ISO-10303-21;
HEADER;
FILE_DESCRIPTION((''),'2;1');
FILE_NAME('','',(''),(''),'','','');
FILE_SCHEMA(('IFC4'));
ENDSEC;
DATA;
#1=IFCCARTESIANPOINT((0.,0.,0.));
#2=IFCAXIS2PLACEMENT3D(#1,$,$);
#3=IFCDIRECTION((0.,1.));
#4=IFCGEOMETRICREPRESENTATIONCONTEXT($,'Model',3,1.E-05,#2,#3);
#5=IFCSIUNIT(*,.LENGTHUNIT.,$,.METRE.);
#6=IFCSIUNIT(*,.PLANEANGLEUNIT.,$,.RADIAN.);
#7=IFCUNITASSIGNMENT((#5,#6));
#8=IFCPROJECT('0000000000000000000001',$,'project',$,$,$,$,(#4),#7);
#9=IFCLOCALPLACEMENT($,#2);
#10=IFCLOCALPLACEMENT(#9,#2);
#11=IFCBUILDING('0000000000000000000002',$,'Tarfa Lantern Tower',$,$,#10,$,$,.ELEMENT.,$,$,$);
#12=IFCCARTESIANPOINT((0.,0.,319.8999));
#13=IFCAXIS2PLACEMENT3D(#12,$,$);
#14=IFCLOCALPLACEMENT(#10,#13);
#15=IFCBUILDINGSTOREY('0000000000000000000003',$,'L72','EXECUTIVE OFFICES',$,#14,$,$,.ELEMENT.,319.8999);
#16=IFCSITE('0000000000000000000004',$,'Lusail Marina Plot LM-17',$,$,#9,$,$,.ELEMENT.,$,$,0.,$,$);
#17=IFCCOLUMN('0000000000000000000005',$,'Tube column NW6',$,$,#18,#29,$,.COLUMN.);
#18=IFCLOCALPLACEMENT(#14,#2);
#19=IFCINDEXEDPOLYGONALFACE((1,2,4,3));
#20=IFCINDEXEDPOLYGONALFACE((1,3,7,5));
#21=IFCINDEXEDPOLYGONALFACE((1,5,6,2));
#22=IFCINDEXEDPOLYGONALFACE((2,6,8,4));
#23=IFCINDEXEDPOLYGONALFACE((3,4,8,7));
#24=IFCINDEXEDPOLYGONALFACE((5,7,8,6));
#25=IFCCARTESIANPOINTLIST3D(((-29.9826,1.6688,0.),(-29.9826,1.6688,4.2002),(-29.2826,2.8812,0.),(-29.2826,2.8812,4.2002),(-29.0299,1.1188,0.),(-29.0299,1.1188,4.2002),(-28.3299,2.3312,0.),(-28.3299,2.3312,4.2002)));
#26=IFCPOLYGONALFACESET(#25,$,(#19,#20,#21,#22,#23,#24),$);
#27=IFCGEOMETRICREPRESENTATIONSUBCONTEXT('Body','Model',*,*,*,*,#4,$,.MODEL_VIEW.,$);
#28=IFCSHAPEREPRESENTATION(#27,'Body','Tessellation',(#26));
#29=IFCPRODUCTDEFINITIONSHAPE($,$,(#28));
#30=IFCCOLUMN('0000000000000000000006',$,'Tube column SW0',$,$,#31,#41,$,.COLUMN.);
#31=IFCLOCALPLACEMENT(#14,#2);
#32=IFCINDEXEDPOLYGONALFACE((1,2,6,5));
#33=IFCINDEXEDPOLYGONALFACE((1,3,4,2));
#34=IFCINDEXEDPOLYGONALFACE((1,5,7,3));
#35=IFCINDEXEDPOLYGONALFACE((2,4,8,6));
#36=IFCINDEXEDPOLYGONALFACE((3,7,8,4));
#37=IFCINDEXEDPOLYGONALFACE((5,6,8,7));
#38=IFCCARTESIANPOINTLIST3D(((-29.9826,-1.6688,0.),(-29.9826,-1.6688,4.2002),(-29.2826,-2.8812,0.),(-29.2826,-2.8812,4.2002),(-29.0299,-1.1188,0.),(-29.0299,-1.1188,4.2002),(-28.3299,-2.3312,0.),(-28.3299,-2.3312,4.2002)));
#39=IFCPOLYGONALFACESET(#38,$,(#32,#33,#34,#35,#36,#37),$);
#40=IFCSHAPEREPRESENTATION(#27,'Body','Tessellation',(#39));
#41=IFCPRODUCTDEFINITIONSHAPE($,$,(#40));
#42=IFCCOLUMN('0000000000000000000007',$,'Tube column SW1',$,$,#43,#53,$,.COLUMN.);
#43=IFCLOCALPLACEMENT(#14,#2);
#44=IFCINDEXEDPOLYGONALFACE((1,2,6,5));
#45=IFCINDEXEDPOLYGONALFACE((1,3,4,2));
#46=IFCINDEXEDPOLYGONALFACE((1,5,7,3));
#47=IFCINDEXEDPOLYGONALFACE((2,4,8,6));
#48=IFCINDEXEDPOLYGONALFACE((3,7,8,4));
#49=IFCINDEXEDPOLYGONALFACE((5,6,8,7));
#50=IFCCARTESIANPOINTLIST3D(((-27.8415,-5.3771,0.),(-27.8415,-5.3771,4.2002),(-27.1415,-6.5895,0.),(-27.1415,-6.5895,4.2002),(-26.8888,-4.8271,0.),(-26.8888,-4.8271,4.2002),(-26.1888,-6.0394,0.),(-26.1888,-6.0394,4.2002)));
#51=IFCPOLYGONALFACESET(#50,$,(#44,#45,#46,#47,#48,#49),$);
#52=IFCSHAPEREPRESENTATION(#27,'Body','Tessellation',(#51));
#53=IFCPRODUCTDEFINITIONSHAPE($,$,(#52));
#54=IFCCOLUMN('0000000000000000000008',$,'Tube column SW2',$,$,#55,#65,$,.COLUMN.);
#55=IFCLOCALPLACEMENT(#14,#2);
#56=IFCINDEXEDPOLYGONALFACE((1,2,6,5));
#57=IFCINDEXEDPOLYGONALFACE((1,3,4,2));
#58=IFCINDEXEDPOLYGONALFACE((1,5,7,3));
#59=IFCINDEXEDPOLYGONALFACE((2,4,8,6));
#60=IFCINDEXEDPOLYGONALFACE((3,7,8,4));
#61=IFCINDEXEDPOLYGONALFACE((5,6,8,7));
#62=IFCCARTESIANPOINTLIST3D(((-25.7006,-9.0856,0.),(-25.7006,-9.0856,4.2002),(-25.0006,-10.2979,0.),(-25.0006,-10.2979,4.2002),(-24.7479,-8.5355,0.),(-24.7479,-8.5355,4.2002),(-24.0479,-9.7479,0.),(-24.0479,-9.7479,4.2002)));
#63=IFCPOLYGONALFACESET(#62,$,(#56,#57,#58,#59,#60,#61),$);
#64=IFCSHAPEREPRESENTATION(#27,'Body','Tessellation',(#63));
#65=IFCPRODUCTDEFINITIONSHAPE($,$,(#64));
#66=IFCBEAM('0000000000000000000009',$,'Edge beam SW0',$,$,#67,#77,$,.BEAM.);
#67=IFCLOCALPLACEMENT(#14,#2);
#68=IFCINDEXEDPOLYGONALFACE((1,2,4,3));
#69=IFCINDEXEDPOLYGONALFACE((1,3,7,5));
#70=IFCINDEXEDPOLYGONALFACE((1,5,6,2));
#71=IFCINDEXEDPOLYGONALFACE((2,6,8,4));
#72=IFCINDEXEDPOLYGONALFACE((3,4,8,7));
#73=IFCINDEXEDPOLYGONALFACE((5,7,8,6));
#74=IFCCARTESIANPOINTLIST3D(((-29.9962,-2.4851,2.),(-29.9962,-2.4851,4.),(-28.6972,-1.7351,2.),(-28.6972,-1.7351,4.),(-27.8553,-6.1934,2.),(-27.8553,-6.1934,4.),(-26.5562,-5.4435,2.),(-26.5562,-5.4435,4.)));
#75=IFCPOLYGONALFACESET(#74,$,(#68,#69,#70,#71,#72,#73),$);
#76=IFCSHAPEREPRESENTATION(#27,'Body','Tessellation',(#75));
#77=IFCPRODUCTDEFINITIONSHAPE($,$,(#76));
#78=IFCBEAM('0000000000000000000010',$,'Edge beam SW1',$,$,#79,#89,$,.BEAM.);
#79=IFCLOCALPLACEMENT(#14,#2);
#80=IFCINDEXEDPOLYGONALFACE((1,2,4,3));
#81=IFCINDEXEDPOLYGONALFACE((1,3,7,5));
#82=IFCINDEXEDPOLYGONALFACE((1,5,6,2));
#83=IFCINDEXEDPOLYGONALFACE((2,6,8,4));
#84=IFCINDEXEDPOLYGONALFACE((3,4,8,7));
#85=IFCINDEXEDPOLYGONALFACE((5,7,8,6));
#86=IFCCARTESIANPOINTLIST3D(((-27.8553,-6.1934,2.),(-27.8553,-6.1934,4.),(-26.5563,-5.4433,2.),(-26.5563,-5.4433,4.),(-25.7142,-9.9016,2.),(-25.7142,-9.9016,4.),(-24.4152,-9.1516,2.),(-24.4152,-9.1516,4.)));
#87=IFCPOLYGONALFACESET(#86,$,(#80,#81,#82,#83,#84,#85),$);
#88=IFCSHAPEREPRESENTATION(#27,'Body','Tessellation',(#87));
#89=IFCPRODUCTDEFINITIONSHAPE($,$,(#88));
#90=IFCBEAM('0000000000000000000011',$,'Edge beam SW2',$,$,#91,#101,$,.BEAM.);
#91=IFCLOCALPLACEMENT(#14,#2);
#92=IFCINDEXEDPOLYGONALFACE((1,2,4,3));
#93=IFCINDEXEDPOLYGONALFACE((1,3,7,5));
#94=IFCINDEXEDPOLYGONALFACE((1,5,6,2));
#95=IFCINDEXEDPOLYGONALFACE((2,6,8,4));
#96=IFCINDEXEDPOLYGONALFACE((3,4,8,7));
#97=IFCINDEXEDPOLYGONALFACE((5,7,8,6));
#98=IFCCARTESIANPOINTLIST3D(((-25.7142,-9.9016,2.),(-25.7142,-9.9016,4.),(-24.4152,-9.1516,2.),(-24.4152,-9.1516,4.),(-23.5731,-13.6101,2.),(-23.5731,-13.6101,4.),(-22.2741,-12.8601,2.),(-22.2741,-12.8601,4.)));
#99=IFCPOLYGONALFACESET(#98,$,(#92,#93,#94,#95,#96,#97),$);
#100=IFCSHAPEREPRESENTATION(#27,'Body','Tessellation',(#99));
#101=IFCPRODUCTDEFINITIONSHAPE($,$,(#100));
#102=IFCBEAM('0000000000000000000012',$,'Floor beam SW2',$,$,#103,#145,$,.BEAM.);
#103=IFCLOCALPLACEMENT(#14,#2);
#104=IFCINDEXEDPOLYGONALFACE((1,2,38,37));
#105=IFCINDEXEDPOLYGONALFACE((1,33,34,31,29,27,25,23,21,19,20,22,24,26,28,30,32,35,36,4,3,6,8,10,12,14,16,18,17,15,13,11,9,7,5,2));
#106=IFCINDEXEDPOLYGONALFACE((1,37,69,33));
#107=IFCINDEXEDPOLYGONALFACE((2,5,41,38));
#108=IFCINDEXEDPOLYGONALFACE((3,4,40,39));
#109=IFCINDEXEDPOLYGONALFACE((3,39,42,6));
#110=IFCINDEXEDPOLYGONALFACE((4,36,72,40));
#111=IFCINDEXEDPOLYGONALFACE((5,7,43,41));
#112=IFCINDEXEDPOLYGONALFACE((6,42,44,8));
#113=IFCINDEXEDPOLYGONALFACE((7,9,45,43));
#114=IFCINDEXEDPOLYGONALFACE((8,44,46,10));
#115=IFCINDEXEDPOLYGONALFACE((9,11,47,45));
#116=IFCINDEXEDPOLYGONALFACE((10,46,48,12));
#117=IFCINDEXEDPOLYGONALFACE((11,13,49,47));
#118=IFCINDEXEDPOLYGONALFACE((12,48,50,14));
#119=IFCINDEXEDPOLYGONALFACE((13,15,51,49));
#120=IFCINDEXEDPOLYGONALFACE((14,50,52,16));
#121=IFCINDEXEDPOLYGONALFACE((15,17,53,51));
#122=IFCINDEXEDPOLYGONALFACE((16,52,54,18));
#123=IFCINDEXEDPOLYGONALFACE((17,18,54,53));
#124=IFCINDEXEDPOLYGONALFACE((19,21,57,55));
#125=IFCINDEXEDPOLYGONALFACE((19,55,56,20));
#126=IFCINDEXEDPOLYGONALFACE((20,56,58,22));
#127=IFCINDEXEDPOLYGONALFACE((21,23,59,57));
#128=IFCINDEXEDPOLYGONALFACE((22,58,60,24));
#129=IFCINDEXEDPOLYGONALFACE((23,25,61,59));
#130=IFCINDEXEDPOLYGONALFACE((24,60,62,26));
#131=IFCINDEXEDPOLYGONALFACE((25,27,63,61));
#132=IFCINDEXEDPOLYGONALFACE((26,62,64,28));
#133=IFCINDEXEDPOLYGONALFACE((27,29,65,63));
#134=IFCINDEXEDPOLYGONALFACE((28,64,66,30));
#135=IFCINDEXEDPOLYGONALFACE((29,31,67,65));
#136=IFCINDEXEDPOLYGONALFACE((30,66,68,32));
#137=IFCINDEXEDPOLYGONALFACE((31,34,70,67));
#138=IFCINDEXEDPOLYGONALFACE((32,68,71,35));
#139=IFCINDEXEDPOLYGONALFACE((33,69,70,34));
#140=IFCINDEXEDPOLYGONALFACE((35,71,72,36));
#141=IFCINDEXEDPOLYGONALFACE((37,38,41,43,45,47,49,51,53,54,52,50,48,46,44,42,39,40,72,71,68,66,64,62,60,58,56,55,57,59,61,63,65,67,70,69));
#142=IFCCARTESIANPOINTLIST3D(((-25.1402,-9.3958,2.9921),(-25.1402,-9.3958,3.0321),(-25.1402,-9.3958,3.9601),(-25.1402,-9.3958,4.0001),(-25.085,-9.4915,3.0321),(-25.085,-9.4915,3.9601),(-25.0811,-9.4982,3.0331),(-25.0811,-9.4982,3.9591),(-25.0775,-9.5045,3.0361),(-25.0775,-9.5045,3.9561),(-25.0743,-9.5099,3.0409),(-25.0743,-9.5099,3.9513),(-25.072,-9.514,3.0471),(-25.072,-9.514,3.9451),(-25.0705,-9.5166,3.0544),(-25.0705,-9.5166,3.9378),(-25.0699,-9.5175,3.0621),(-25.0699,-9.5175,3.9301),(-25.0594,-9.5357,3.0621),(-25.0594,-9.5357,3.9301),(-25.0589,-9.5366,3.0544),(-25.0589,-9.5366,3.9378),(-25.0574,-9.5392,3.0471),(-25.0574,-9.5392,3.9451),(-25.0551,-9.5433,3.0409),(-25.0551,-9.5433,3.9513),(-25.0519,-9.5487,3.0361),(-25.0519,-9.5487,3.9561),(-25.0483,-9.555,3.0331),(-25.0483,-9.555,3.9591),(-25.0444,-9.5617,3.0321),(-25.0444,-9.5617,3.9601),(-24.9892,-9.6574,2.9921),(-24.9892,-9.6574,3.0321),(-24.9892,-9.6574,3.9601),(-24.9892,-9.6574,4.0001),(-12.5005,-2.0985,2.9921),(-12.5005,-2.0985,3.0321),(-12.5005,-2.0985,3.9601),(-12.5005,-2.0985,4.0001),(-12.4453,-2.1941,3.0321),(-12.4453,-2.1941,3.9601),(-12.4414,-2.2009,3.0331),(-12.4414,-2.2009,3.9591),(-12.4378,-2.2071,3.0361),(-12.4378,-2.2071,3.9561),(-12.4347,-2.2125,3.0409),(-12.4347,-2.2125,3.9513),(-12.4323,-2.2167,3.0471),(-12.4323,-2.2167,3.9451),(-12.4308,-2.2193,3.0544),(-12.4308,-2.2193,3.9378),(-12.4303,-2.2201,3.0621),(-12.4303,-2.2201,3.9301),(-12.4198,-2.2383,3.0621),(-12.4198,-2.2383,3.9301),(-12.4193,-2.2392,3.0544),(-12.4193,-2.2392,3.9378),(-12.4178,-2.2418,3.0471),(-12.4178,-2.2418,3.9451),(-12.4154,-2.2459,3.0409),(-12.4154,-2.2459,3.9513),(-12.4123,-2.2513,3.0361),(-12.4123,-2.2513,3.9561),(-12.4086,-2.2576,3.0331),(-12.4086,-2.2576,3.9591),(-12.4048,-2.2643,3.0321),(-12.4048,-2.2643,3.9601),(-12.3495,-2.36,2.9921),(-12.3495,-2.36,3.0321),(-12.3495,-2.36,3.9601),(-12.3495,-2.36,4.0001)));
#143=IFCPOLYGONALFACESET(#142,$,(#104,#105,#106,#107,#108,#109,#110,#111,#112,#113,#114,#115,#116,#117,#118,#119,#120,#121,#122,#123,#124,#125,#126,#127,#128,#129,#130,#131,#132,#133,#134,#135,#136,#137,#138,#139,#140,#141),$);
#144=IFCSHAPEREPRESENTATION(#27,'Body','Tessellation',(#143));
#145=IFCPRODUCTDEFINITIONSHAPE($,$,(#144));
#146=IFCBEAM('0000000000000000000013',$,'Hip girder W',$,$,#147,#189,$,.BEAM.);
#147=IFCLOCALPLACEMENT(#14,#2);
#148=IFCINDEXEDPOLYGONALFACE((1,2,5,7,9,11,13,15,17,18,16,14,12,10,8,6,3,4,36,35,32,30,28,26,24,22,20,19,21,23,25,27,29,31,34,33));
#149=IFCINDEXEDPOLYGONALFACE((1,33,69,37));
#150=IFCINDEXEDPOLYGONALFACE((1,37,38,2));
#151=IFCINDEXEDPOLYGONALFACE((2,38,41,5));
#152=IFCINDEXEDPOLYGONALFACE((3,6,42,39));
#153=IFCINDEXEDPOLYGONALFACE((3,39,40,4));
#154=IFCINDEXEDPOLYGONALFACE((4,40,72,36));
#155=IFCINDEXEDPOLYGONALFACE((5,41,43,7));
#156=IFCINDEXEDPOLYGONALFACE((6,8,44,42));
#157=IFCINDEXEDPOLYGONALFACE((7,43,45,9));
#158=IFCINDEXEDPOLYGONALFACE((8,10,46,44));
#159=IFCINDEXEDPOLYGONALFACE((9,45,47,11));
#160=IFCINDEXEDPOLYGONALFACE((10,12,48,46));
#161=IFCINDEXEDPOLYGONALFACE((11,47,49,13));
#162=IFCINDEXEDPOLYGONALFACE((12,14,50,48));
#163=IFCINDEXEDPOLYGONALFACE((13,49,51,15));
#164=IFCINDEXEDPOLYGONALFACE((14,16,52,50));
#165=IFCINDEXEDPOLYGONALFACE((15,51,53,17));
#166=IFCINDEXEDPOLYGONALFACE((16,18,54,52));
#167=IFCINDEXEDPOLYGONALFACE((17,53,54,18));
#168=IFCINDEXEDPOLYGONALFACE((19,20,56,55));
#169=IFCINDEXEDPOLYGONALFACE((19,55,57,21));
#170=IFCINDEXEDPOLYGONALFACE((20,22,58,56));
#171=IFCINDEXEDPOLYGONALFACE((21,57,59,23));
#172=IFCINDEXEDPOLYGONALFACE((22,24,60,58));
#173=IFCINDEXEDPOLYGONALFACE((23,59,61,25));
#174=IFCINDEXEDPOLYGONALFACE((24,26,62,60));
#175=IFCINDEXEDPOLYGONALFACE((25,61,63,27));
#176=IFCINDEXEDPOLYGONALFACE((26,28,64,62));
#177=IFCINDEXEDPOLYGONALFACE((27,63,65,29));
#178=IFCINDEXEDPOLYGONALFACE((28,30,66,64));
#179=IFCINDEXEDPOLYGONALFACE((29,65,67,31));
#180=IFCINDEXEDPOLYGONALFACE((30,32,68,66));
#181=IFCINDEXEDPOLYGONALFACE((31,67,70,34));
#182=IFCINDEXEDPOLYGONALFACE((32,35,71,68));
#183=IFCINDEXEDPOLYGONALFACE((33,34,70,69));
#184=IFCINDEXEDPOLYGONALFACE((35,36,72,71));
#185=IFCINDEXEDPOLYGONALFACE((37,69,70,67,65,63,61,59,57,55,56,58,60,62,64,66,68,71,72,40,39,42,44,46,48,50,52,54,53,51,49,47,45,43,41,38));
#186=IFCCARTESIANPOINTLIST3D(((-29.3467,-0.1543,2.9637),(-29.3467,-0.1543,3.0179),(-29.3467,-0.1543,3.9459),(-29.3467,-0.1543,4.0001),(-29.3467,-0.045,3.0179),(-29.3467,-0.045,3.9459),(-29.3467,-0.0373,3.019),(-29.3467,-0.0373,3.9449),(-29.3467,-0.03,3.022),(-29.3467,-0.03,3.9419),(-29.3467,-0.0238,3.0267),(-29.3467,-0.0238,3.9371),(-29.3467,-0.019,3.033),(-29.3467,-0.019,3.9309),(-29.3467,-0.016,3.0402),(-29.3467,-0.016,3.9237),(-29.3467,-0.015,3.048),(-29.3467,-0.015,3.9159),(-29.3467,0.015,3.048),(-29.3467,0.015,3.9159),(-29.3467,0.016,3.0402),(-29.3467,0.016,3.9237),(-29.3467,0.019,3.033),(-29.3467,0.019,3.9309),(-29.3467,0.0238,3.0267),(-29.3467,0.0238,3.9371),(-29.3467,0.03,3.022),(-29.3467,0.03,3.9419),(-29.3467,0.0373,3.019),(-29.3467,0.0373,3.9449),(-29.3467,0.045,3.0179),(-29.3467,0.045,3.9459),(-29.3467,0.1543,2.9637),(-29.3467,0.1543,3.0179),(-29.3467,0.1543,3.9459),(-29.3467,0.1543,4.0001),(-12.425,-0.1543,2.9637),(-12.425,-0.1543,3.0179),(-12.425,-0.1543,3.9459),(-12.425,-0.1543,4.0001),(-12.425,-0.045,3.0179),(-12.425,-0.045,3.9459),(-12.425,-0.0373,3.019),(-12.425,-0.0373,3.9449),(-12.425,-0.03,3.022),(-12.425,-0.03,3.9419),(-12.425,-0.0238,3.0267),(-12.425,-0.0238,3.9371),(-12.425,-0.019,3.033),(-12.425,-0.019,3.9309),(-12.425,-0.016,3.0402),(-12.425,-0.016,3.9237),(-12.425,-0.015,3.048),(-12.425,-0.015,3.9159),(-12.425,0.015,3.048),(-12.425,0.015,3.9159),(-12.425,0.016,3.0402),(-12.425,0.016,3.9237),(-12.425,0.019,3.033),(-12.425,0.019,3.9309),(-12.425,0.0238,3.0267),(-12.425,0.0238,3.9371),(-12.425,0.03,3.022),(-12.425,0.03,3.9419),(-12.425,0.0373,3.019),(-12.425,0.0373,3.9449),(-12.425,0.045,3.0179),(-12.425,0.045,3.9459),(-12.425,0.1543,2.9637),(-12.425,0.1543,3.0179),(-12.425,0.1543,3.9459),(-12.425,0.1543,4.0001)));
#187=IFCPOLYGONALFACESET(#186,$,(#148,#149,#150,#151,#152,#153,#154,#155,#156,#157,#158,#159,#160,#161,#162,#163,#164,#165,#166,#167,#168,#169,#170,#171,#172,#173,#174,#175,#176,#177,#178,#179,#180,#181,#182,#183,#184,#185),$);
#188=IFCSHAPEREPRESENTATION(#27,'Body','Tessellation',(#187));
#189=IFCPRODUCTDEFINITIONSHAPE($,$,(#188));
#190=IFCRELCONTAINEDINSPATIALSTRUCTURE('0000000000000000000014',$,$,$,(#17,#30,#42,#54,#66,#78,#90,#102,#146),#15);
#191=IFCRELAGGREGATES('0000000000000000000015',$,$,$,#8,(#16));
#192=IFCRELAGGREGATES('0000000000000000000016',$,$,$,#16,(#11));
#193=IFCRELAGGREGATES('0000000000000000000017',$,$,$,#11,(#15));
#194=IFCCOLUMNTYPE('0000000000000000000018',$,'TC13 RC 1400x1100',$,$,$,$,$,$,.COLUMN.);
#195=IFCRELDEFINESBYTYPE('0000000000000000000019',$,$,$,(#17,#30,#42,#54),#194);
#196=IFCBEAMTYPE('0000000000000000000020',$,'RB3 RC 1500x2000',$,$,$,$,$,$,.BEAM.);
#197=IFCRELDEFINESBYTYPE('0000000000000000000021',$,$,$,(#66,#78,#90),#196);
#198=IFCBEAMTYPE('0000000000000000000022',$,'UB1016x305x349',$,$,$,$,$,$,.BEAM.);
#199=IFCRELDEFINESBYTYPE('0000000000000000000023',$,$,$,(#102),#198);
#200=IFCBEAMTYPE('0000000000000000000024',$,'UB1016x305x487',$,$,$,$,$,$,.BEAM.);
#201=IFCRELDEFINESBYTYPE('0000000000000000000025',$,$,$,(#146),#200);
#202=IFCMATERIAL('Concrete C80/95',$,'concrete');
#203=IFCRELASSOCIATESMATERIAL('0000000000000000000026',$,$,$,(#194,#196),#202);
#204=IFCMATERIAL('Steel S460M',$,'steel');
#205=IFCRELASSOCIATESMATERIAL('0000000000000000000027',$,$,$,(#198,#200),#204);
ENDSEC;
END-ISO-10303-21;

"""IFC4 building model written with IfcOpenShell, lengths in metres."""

from ifc_helpers import new_model, si_unit, direction, frame, origin, origin_2d, place, context, subcontext, project, spatial, rectangle, i_section, extrude, material, material_profile, profile_set, type_object, element, save


model = new_model("IFC4")

# Units and contexts
model_context = context("Model", 3, precision=1e-05, world=origin(), true_north=direction((0.0, 1.0)))
body_context = subcontext(model_context, "Body", "Model", "MODEL_VIEW")
ifc_project = project(units=[si_unit("LENGTHUNIT", "METRE"), si_unit("PLANEANGLEUNIT", "RADIAN")], contexts=[model_context])

# Site, building, storey
site_placement = place(None, origin())
site = spatial("IfcSite", under=ifc_project, at=site_placement, Name="Lusail Marina Plot LM-17", CompositionType="ELEMENT", RefElevation=0.0)
building_placement = place(site_placement, origin())
building = spatial("IfcBuilding", under=site, at=building_placement, Name="Tarfa Lantern Tower", CompositionType="ELEMENT")
storey_placement = place(building_placement, frame((0.0, 0.0, 319.8999)))
storey = spatial("IfcBuildingStorey", under=building, at=storey_placement, Name="L72", Description="EXECUTIVE OFFICES", CompositionType="ELEMENT", Elevation=319.8999)

# Columns
ifc_material_1 = material(Name="Concrete C80/95", Category="concrete")
ifc_material_profile_1 = material_profile(ifc_material_1, rectangle(XDim=1.3999, YDim=1.1001, at=origin_2d()), Name="RC 1400x1100")
ifc_profile_set_1 = profile_set([ifc_material_profile_1], Name="Concrete C80/95")
column_type = type_object("IfcColumnType", Name="TC13 RC 1400x1100", PredefinedType="COLUMN", material=ifc_profile_set_1)
for number, where, z_axis, x_axis, name in (
    (1, (-29.1562, 2.0, 0.0), (0.0, 0.0, 1.0), (-0.5, -0.866025, 0.0), "Tube column NW6"),
    (2, (-29.1562, -2.0, 0.0), (0.0, 0.0, 1.0), (0.5, -0.866025, 0.0), "Tube column SW0"),
    (3, (-27.0151, -5.7083, 0.0), (0.0, 0.0, 1.0), (0.5, -0.866025, 0.0), "Tube column SW1"),
    (4, (-24.8743, -9.4167, 0.0), (0.0, 0.0, 1.0), (0.5, -0.866025, 0.0), "Tube column SW2"),
):
    element("IfcColumn", number, at=place(storey_placement, frame(where, z_axis=z_axis, x_axis=x_axis)), inside=storey, type_object=column_type, Name=name, PredefinedType="COLUMN", context=body_context, shape_type="SweptSolid", body=[
        extrude(rectangle(XDim=1.3999, YDim=1.1001, at=origin_2d()), origin(), (0.0, 0.0, 1.0), 4.2002),
    ])

# Beams
ifc_material_profile_2 = material_profile(ifc_material_1, rectangle(XDim=1.5, YDim=2.0, at=origin_2d()), Name="RC 1500x2000")
ifc_profile_set_2 = profile_set([ifc_material_profile_2], Name="Concrete C80/95")
beam_type_1 = type_object("IfcBeamType", Name="RB3 RC 1500x2000", PredefinedType="BEAM", material=ifc_profile_set_2)
for number, where, z_axis, x_axis, name in (
    (5, (-29.3467, -2.1101, 3.0), (0.499984, -0.866035, 0.0), (0.866035, 0.499984, 0.0), "Edge beam SW0"),
    (6, (-27.2058, -5.8184, 3.0), (0.500027, -0.86601, 0.0), (0.86601, 0.500027, 0.0), "Edge beam SW1"),
):
    element("IfcBeam", number, at=place(storey_placement, frame(where, z_axis=z_axis, x_axis=x_axis)), inside=storey, type_object=beam_type_1, Name=name, PredefinedType="BEAM", context=body_context, shape_type="SweptSolid", body=[
        extrude(rectangle(XDim=1.5, YDim=2.0, at=origin_2d()), origin(), (0.0, 0.0, 1.0), 4.282),
    ])
beam_1_placement = place(storey_placement, frame((-25.0647, -9.5266, 3.0), z_axis=(0.500002, -0.866024, 0.0), x_axis=(0.866024, 0.500002, 0.0)))
element("IfcBeam", 7, at=beam_1_placement, inside=storey, type_object=beam_type_1, Name="Edge beam SW2", PredefinedType="BEAM", context=body_context, shape_type="SweptSolid", body=[
    extrude(rectangle(XDim=1.5, YDim=2.0, at=origin_2d()), origin(), (0.0, 0.0, 1.0), 4.2822),
])
ifc_material_2 = material(Name="Steel S460M", Category="steel")
ifc_material_profile_3 = material_profile(ifc_material_2, i_section(OverallWidth=0.302, OverallDepth=1.0081, WebThickness=0.021, FlangeThickness=0.04, FilletRadius=0.03, at=origin_2d()), Name="UB1016x305x349")
ifc_profile_set_3 = profile_set([ifc_material_profile_3], Name="Steel S460M")
beam_type_2 = type_object("IfcBeamType", Name="UB1016x305x349", PredefinedType="BEAM", material=ifc_profile_set_3)
beam_2_placement = place(storey_placement, frame((-25.0647, -9.5266, 3.4961), z_axis=(0.86603, 0.499993, 0.0), x_axis=(-0.499993, 0.86603, 0.0)))
element("IfcBeam", 8, at=beam_2_placement, inside=storey, type_object=beam_type_2, Name="Floor beam SW2", PredefinedType="BEAM", context=body_context, shape_type="SweptSolid", body=[
    extrude(i_section(OverallWidth=0.302, OverallDepth=1.0081, WebThickness=0.021, FlangeThickness=0.04, FilletRadius=0.03, at=origin_2d()), origin(), (0.0, 0.0, 1.0), 14.595),
])
ifc_material_profile_4 = material_profile(ifc_material_2, i_section(OverallWidth=0.3086, OverallDepth=1.0364, WebThickness=0.03, FlangeThickness=0.0542, FilletRadius=0.03, at=origin_2d()), Name="UB1016x305x487")
ifc_profile_set_4 = profile_set([ifc_material_profile_4], Name="Steel S460M")
beam_type_3 = type_object("IfcBeamType", Name="UB1016x305x487", PredefinedType="BEAM", material=ifc_profile_set_4)
beam_3_placement = place(storey_placement, frame((-12.425, 0.0, 3.4819), z_axis=(-1.0, 0.0, 0.0), x_axis=(0.0, -1.0, 0.0)))
element("IfcBeam", 9, at=beam_3_placement, inside=storey, type_object=beam_type_3, Name="Hip girder W", PredefinedType="BEAM", context=body_context, shape_type="SweptSolid", body=[
    extrude(i_section(OverallWidth=0.3086, OverallDepth=1.0364, WebThickness=0.03, FlangeThickness=0.0542, FilletRadius=0.03, at=origin_2d()), origin(), (0.0, 0.0, 1.0), 16.9216),
])

save(model, "model.ifc")
